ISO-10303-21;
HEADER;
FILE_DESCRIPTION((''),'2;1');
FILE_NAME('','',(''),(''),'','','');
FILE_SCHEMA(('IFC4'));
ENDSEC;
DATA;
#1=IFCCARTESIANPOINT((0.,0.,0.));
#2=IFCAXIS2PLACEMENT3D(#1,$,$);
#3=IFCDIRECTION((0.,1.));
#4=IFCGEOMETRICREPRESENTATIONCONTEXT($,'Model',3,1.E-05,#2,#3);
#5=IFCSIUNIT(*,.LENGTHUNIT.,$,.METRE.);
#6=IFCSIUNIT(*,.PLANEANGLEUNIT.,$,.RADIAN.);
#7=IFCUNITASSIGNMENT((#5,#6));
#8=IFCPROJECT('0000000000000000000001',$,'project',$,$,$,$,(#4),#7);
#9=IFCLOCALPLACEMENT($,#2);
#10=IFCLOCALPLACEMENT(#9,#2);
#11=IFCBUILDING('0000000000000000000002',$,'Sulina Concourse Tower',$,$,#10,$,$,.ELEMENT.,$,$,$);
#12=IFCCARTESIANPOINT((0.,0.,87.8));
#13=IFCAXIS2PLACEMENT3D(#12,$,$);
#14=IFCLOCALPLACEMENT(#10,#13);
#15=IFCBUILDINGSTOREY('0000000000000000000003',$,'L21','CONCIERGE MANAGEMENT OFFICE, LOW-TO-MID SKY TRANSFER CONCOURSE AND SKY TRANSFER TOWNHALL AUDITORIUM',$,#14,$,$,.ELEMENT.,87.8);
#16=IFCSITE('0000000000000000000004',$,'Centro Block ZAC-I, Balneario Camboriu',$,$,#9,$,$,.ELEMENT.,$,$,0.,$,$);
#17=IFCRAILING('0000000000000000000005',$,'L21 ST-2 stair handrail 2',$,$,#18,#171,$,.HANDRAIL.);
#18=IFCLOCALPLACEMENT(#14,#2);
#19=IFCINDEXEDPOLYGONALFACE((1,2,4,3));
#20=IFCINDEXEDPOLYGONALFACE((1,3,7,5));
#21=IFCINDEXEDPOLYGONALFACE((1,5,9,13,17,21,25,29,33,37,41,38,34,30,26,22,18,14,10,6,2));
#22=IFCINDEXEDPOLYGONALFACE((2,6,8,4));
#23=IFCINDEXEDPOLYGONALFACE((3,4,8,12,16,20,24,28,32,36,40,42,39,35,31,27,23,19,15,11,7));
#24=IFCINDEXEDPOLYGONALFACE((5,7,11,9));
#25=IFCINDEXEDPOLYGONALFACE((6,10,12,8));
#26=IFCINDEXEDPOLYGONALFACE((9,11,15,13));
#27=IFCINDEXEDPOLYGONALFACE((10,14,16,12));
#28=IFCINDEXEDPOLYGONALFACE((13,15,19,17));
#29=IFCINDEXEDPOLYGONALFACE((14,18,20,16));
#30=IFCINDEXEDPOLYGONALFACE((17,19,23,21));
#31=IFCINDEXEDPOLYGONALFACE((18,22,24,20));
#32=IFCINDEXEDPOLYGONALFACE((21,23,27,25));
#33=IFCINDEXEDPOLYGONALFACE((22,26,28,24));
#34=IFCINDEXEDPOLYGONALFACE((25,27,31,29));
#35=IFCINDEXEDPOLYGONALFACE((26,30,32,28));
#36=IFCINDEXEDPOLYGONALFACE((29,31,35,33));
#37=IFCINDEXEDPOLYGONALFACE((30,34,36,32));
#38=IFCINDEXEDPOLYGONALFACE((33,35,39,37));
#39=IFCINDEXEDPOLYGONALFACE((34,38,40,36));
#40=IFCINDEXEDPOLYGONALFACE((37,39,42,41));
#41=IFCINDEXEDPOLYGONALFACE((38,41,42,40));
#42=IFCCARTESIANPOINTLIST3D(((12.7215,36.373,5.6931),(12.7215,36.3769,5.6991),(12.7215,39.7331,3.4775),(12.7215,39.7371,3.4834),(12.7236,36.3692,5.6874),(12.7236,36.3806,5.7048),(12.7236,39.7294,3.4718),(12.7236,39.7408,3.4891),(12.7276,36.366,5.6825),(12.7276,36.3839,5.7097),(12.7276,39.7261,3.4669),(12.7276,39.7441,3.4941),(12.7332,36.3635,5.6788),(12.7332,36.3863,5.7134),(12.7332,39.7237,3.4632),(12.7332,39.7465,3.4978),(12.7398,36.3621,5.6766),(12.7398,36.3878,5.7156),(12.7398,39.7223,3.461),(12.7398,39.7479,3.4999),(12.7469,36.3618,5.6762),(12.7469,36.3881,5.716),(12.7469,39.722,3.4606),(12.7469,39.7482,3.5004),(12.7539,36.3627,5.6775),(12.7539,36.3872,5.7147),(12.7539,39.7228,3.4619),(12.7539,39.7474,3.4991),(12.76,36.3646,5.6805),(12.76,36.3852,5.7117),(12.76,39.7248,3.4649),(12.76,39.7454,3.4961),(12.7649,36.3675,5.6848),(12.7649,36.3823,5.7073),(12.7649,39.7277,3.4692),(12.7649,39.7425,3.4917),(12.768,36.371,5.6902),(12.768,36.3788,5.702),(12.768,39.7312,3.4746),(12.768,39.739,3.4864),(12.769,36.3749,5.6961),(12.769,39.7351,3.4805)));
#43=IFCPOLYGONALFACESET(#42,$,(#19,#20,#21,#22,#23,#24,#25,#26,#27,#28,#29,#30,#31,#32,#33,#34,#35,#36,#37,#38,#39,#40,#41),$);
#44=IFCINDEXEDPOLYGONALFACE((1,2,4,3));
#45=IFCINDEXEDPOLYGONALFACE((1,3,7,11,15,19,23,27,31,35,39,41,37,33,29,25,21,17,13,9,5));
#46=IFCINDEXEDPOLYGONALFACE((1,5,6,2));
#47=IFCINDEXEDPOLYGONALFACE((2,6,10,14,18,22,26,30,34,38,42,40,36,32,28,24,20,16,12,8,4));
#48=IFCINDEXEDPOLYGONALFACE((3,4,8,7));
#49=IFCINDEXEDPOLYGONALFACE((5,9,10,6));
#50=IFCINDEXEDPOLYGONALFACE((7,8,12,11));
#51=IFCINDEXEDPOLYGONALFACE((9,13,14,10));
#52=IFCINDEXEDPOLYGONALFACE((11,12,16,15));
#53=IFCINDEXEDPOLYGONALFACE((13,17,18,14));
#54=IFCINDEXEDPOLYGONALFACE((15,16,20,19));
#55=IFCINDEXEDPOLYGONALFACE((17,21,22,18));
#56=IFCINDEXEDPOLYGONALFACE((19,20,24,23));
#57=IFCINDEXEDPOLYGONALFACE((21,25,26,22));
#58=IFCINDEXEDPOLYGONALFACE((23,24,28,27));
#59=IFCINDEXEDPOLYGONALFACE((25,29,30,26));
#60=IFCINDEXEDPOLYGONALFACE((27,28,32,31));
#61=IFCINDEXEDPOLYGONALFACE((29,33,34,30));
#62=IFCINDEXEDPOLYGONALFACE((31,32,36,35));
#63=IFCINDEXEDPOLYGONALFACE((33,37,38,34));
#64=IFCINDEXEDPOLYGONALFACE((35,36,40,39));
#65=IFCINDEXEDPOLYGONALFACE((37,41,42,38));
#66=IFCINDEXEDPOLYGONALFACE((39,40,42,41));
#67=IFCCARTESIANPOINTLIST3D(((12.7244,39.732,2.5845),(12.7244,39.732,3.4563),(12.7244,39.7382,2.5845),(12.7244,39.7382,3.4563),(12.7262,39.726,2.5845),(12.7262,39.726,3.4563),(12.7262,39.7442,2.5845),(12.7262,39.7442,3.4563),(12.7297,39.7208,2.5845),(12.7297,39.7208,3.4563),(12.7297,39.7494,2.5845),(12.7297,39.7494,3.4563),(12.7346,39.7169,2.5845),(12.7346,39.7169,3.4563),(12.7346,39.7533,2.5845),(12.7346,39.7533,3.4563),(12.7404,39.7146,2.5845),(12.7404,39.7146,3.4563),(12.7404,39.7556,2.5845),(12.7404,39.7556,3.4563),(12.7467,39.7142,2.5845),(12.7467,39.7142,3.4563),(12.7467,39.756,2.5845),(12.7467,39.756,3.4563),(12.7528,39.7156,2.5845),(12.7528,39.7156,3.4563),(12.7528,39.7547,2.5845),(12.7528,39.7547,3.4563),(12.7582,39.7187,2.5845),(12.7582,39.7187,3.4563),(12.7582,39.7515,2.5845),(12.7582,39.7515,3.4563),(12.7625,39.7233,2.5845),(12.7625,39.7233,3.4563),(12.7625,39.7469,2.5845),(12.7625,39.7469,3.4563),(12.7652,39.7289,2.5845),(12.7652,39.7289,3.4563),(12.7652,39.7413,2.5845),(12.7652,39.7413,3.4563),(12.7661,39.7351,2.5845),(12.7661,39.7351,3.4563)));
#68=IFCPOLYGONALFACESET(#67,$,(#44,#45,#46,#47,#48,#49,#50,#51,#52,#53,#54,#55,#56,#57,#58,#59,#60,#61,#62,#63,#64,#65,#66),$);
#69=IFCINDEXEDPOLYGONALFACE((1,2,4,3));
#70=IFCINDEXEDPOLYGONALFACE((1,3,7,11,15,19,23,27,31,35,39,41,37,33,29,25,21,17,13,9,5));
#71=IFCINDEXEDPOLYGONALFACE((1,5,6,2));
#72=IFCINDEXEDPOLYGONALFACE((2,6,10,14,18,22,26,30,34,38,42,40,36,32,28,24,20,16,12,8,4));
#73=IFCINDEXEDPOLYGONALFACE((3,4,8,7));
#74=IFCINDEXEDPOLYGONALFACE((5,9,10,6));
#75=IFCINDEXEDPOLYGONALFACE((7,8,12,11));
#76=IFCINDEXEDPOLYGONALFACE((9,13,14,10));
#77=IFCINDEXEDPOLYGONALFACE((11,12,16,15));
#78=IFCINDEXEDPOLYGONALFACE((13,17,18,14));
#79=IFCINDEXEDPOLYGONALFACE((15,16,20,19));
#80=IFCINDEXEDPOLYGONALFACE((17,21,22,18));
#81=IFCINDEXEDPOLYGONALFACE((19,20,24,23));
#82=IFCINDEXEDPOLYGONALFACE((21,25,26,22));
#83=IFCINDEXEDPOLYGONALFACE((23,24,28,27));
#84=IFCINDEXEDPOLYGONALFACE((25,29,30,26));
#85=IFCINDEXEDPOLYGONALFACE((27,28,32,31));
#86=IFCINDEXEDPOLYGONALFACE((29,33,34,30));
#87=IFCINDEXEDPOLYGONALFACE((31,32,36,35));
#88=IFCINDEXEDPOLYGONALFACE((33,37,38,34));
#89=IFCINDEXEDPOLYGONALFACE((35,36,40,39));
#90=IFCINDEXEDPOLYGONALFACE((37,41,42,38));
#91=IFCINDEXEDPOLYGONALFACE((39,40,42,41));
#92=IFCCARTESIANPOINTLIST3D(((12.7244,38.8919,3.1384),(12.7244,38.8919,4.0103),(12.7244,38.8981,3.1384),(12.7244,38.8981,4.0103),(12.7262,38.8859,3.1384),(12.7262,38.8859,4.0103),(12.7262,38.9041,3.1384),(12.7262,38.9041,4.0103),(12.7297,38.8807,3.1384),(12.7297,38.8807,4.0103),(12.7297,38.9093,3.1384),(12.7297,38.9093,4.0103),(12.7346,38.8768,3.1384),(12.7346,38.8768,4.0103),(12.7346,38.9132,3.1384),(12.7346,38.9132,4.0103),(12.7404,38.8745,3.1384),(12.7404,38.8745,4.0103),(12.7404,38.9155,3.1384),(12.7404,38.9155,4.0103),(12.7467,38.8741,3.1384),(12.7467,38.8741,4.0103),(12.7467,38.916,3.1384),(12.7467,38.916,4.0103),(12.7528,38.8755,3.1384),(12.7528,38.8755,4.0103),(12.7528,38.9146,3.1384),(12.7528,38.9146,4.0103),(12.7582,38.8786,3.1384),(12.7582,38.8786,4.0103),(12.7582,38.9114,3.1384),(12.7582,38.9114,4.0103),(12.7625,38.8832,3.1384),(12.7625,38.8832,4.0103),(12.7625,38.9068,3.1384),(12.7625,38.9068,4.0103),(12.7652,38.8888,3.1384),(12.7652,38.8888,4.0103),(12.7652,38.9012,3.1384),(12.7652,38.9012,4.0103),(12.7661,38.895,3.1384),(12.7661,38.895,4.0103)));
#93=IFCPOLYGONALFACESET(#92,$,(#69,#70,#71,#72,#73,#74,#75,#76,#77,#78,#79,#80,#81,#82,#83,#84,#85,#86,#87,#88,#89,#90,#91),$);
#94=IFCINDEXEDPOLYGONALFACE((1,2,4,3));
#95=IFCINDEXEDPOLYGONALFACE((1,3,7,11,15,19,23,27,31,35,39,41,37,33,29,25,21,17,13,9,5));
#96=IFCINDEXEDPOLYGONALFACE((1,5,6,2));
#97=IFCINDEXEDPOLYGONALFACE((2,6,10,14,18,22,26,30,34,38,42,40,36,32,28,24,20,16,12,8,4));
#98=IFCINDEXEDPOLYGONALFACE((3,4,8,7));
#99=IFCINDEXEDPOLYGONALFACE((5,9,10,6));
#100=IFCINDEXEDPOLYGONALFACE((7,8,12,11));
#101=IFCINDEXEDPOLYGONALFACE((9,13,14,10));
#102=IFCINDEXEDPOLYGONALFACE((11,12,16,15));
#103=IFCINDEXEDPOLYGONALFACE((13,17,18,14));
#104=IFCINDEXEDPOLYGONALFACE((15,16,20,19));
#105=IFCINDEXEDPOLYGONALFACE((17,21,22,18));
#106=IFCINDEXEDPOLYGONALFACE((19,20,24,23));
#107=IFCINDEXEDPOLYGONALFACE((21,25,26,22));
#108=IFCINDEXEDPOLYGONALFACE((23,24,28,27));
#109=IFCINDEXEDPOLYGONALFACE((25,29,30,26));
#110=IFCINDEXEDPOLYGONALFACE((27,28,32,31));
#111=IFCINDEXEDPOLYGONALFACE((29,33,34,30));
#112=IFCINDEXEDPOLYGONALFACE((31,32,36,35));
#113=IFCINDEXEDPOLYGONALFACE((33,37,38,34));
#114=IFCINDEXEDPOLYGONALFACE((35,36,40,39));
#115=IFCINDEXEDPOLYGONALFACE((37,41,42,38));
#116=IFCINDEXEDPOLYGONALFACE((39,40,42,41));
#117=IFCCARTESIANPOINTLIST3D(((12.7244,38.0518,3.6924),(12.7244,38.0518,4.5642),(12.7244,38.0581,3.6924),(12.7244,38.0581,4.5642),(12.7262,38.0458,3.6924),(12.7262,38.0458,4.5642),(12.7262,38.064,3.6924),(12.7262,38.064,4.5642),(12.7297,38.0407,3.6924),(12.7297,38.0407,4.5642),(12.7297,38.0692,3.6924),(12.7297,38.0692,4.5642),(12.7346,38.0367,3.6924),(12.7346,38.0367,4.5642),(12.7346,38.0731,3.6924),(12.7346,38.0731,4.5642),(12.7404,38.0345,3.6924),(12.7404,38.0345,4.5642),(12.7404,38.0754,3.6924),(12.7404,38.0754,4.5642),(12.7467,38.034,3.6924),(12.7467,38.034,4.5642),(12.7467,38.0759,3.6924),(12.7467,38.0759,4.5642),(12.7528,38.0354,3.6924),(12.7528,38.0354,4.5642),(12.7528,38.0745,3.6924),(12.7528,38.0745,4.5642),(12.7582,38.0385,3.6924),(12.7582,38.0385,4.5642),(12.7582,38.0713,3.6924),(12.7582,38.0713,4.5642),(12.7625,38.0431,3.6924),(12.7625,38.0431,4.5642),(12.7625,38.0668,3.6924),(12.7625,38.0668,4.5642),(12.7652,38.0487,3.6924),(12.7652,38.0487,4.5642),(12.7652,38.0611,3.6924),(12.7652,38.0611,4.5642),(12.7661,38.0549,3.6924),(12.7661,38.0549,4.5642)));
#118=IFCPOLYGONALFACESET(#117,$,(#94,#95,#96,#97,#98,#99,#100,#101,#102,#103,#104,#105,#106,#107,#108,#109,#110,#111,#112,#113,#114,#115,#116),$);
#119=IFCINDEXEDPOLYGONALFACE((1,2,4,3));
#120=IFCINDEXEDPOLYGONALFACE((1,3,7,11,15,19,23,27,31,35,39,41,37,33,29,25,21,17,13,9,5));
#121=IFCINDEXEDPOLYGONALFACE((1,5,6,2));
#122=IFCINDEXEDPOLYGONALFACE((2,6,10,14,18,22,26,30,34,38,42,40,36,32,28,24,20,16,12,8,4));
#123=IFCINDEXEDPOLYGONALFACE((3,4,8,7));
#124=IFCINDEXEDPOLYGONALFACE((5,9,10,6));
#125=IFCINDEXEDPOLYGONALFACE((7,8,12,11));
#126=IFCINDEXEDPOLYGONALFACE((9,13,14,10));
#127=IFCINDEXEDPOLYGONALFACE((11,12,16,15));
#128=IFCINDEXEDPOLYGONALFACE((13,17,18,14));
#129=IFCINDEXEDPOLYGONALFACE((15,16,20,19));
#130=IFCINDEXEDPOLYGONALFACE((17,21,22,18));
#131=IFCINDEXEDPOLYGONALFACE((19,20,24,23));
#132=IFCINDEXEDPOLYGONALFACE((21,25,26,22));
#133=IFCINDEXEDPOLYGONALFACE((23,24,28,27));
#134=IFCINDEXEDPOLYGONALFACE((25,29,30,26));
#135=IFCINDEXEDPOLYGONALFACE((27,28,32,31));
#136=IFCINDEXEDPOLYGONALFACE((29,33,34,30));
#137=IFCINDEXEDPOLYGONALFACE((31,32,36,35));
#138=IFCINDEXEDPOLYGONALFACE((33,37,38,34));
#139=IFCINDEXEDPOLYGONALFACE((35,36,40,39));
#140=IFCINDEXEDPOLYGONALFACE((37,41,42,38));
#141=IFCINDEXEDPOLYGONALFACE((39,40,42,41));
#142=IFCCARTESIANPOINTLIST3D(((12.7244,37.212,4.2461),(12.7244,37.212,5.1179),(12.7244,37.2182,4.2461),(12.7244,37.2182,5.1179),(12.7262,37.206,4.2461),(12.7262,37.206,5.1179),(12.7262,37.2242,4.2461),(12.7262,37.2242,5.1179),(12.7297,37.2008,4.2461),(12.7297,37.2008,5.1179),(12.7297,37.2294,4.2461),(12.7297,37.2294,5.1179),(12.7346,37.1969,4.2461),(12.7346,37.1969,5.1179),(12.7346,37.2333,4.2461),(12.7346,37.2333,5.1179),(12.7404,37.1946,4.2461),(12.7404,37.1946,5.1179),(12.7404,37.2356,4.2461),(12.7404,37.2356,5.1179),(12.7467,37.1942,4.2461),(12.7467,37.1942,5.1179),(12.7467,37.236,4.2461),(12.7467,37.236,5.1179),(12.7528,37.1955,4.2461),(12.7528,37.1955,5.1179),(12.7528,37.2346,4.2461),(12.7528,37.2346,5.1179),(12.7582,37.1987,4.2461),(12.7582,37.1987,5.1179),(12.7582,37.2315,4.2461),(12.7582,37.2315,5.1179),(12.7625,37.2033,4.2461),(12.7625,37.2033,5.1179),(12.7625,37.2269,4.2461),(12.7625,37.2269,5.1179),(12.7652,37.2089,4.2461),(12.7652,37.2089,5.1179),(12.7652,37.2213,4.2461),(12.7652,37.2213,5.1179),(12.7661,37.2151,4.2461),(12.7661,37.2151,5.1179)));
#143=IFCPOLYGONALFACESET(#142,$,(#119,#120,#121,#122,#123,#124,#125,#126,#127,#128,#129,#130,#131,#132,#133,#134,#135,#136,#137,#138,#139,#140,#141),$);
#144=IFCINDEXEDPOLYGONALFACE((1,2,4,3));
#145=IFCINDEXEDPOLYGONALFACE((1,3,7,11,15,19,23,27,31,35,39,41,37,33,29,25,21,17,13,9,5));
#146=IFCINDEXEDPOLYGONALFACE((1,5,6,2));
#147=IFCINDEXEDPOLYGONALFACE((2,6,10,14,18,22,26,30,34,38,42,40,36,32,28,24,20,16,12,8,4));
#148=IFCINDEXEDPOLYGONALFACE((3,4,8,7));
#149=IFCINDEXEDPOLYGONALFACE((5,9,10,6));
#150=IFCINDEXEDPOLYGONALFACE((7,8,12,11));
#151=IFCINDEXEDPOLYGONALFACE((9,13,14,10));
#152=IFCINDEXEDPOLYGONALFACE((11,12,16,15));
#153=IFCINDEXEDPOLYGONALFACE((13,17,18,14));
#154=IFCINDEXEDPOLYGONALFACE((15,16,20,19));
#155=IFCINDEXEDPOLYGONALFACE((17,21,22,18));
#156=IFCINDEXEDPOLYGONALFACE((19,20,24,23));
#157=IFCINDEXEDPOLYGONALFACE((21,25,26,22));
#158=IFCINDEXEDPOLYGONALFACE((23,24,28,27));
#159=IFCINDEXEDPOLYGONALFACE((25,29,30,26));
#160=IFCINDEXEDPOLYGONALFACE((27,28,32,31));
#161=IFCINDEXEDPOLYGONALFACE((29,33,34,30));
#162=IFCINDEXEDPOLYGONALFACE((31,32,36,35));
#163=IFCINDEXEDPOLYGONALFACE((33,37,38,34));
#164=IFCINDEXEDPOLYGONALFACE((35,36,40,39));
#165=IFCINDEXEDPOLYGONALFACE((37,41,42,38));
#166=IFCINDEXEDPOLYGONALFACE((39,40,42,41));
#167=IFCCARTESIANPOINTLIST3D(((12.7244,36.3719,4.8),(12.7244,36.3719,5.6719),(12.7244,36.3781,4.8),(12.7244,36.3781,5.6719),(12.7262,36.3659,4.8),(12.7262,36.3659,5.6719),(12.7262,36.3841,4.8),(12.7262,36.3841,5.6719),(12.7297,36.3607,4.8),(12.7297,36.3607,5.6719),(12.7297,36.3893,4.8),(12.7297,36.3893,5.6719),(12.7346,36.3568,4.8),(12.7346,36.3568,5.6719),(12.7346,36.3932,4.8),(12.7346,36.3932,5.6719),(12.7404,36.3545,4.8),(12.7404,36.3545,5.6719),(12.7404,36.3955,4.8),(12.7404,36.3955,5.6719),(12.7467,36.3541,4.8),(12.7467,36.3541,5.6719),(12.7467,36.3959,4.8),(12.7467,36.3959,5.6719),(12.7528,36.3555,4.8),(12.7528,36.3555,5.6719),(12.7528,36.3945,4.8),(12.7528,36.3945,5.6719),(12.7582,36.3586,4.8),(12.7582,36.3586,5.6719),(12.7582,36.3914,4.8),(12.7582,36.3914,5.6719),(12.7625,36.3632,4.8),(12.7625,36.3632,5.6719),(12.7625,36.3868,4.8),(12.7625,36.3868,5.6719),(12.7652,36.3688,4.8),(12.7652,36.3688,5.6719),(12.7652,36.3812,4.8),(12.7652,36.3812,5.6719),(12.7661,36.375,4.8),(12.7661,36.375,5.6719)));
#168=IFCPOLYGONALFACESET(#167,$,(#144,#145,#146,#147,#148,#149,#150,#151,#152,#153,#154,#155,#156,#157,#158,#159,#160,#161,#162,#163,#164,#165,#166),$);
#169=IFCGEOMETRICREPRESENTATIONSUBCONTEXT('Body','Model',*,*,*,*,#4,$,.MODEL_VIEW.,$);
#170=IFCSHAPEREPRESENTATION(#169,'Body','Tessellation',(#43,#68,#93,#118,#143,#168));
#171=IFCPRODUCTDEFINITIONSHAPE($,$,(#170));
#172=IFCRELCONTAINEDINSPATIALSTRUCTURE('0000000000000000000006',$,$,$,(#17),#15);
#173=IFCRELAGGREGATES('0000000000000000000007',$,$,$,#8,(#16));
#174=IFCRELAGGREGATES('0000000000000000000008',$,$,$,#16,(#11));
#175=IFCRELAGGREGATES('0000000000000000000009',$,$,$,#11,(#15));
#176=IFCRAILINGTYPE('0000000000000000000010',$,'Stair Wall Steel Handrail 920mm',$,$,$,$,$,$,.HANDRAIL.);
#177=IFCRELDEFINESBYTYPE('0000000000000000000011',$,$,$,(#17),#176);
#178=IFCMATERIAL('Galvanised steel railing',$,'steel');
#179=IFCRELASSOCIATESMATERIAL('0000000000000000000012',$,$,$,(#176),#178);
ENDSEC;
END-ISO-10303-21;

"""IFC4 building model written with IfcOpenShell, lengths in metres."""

from ifc_helpers import new_model, si_unit, direction, frame, origin, origin_2d, place, context, subcontext, project, spatial, circle, extrude, material, type_object, element, save


model = new_model("IFC4")

# Units and contexts
model_context = context("Model", 3, precision=1e-05, world=origin(), true_north=direction((0.0, 1.0)))
body_context = subcontext(model_context, "Body", "Model", "MODEL_VIEW")
ifc_project = project(units=[si_unit("LENGTHUNIT", "METRE"), si_unit("PLANEANGLEUNIT", "RADIAN")], contexts=[model_context])

# Site, building, storey
site_placement = place(None, origin())
site = spatial("IfcSite", under=ifc_project, at=site_placement, Name="Centro Block ZAC-I, Balneario Camboriu", CompositionType="ELEMENT", RefElevation=0.0)
building_placement = place(site_placement, origin())
building = spatial("IfcBuilding", under=site, at=building_placement, Name="Sulina Concourse Tower", CompositionType="ELEMENT")
storey_placement = place(building_placement, frame((0.0, 0.0, 87.8)))
storey = spatial("IfcBuildingStorey", under=building, at=storey_placement, Name="L21", Description="CONCIERGE MANAGEMENT OFFICE, LOW-TO-MID SKY TRANSFER CONCOURSE AND SKY TRANSFER TOWNHALL AUDITORIUM", CompositionType="ELEMENT", Elevation=87.8)

# Railing
ifc_material_1 = material(Name="Galvanised steel railing", Category="steel")
railing_type_1 = type_object("IfcRailingType", Name="Stair Wall Steel Handrail 920mm", PredefinedType="HANDRAIL", material=ifc_material_1)
railing_1_placement = place(storey_placement, frame((12.7451, 39.7351, 2.5845)))
element("IfcRailing", 1, at=railing_1_placement, inside=storey, type_object=railing_type_1, Name="L21 ST-2 stair handrail 2", PredefinedType="HANDRAIL", context=body_context, shape_type="SweptSolid", body=[
    extrude(circle(Radius=0.0239, at=origin_2d()), frame((0.0, 0.0, 0.896), z_axis=(0.0, -0.834849, 0.55048), x_axis=(1.0, 0.0, 0.0)), (0.0, 0.0, 1.0), 4.0249),
    extrude(circle(Radius=0.021, at=origin_2d()), origin(), (0.0, 0.0, 1.0), 0.8718),
    extrude(circle(Radius=0.021, at=origin_2d()), frame((0.0, -0.8401, 0.554)), (0.0, 0.0, 1.0), 0.8718),
    extrude(circle(Radius=0.021, at=origin_2d()), frame((0.0, -1.6802, 1.1079)), (0.0, 0.0, 1.0), 0.8718),
    extrude(circle(Radius=0.021, at=origin_2d()), frame((0.0, -2.52, 1.6616)), (0.0, 0.0, 1.0), 0.8718),
    extrude(circle(Radius=0.021, at=origin_2d()), frame((0.0, -3.3601, 2.2156)), (0.0, 0.0, 1.0), 0.8718),
])

save(model, "model.ifc")
